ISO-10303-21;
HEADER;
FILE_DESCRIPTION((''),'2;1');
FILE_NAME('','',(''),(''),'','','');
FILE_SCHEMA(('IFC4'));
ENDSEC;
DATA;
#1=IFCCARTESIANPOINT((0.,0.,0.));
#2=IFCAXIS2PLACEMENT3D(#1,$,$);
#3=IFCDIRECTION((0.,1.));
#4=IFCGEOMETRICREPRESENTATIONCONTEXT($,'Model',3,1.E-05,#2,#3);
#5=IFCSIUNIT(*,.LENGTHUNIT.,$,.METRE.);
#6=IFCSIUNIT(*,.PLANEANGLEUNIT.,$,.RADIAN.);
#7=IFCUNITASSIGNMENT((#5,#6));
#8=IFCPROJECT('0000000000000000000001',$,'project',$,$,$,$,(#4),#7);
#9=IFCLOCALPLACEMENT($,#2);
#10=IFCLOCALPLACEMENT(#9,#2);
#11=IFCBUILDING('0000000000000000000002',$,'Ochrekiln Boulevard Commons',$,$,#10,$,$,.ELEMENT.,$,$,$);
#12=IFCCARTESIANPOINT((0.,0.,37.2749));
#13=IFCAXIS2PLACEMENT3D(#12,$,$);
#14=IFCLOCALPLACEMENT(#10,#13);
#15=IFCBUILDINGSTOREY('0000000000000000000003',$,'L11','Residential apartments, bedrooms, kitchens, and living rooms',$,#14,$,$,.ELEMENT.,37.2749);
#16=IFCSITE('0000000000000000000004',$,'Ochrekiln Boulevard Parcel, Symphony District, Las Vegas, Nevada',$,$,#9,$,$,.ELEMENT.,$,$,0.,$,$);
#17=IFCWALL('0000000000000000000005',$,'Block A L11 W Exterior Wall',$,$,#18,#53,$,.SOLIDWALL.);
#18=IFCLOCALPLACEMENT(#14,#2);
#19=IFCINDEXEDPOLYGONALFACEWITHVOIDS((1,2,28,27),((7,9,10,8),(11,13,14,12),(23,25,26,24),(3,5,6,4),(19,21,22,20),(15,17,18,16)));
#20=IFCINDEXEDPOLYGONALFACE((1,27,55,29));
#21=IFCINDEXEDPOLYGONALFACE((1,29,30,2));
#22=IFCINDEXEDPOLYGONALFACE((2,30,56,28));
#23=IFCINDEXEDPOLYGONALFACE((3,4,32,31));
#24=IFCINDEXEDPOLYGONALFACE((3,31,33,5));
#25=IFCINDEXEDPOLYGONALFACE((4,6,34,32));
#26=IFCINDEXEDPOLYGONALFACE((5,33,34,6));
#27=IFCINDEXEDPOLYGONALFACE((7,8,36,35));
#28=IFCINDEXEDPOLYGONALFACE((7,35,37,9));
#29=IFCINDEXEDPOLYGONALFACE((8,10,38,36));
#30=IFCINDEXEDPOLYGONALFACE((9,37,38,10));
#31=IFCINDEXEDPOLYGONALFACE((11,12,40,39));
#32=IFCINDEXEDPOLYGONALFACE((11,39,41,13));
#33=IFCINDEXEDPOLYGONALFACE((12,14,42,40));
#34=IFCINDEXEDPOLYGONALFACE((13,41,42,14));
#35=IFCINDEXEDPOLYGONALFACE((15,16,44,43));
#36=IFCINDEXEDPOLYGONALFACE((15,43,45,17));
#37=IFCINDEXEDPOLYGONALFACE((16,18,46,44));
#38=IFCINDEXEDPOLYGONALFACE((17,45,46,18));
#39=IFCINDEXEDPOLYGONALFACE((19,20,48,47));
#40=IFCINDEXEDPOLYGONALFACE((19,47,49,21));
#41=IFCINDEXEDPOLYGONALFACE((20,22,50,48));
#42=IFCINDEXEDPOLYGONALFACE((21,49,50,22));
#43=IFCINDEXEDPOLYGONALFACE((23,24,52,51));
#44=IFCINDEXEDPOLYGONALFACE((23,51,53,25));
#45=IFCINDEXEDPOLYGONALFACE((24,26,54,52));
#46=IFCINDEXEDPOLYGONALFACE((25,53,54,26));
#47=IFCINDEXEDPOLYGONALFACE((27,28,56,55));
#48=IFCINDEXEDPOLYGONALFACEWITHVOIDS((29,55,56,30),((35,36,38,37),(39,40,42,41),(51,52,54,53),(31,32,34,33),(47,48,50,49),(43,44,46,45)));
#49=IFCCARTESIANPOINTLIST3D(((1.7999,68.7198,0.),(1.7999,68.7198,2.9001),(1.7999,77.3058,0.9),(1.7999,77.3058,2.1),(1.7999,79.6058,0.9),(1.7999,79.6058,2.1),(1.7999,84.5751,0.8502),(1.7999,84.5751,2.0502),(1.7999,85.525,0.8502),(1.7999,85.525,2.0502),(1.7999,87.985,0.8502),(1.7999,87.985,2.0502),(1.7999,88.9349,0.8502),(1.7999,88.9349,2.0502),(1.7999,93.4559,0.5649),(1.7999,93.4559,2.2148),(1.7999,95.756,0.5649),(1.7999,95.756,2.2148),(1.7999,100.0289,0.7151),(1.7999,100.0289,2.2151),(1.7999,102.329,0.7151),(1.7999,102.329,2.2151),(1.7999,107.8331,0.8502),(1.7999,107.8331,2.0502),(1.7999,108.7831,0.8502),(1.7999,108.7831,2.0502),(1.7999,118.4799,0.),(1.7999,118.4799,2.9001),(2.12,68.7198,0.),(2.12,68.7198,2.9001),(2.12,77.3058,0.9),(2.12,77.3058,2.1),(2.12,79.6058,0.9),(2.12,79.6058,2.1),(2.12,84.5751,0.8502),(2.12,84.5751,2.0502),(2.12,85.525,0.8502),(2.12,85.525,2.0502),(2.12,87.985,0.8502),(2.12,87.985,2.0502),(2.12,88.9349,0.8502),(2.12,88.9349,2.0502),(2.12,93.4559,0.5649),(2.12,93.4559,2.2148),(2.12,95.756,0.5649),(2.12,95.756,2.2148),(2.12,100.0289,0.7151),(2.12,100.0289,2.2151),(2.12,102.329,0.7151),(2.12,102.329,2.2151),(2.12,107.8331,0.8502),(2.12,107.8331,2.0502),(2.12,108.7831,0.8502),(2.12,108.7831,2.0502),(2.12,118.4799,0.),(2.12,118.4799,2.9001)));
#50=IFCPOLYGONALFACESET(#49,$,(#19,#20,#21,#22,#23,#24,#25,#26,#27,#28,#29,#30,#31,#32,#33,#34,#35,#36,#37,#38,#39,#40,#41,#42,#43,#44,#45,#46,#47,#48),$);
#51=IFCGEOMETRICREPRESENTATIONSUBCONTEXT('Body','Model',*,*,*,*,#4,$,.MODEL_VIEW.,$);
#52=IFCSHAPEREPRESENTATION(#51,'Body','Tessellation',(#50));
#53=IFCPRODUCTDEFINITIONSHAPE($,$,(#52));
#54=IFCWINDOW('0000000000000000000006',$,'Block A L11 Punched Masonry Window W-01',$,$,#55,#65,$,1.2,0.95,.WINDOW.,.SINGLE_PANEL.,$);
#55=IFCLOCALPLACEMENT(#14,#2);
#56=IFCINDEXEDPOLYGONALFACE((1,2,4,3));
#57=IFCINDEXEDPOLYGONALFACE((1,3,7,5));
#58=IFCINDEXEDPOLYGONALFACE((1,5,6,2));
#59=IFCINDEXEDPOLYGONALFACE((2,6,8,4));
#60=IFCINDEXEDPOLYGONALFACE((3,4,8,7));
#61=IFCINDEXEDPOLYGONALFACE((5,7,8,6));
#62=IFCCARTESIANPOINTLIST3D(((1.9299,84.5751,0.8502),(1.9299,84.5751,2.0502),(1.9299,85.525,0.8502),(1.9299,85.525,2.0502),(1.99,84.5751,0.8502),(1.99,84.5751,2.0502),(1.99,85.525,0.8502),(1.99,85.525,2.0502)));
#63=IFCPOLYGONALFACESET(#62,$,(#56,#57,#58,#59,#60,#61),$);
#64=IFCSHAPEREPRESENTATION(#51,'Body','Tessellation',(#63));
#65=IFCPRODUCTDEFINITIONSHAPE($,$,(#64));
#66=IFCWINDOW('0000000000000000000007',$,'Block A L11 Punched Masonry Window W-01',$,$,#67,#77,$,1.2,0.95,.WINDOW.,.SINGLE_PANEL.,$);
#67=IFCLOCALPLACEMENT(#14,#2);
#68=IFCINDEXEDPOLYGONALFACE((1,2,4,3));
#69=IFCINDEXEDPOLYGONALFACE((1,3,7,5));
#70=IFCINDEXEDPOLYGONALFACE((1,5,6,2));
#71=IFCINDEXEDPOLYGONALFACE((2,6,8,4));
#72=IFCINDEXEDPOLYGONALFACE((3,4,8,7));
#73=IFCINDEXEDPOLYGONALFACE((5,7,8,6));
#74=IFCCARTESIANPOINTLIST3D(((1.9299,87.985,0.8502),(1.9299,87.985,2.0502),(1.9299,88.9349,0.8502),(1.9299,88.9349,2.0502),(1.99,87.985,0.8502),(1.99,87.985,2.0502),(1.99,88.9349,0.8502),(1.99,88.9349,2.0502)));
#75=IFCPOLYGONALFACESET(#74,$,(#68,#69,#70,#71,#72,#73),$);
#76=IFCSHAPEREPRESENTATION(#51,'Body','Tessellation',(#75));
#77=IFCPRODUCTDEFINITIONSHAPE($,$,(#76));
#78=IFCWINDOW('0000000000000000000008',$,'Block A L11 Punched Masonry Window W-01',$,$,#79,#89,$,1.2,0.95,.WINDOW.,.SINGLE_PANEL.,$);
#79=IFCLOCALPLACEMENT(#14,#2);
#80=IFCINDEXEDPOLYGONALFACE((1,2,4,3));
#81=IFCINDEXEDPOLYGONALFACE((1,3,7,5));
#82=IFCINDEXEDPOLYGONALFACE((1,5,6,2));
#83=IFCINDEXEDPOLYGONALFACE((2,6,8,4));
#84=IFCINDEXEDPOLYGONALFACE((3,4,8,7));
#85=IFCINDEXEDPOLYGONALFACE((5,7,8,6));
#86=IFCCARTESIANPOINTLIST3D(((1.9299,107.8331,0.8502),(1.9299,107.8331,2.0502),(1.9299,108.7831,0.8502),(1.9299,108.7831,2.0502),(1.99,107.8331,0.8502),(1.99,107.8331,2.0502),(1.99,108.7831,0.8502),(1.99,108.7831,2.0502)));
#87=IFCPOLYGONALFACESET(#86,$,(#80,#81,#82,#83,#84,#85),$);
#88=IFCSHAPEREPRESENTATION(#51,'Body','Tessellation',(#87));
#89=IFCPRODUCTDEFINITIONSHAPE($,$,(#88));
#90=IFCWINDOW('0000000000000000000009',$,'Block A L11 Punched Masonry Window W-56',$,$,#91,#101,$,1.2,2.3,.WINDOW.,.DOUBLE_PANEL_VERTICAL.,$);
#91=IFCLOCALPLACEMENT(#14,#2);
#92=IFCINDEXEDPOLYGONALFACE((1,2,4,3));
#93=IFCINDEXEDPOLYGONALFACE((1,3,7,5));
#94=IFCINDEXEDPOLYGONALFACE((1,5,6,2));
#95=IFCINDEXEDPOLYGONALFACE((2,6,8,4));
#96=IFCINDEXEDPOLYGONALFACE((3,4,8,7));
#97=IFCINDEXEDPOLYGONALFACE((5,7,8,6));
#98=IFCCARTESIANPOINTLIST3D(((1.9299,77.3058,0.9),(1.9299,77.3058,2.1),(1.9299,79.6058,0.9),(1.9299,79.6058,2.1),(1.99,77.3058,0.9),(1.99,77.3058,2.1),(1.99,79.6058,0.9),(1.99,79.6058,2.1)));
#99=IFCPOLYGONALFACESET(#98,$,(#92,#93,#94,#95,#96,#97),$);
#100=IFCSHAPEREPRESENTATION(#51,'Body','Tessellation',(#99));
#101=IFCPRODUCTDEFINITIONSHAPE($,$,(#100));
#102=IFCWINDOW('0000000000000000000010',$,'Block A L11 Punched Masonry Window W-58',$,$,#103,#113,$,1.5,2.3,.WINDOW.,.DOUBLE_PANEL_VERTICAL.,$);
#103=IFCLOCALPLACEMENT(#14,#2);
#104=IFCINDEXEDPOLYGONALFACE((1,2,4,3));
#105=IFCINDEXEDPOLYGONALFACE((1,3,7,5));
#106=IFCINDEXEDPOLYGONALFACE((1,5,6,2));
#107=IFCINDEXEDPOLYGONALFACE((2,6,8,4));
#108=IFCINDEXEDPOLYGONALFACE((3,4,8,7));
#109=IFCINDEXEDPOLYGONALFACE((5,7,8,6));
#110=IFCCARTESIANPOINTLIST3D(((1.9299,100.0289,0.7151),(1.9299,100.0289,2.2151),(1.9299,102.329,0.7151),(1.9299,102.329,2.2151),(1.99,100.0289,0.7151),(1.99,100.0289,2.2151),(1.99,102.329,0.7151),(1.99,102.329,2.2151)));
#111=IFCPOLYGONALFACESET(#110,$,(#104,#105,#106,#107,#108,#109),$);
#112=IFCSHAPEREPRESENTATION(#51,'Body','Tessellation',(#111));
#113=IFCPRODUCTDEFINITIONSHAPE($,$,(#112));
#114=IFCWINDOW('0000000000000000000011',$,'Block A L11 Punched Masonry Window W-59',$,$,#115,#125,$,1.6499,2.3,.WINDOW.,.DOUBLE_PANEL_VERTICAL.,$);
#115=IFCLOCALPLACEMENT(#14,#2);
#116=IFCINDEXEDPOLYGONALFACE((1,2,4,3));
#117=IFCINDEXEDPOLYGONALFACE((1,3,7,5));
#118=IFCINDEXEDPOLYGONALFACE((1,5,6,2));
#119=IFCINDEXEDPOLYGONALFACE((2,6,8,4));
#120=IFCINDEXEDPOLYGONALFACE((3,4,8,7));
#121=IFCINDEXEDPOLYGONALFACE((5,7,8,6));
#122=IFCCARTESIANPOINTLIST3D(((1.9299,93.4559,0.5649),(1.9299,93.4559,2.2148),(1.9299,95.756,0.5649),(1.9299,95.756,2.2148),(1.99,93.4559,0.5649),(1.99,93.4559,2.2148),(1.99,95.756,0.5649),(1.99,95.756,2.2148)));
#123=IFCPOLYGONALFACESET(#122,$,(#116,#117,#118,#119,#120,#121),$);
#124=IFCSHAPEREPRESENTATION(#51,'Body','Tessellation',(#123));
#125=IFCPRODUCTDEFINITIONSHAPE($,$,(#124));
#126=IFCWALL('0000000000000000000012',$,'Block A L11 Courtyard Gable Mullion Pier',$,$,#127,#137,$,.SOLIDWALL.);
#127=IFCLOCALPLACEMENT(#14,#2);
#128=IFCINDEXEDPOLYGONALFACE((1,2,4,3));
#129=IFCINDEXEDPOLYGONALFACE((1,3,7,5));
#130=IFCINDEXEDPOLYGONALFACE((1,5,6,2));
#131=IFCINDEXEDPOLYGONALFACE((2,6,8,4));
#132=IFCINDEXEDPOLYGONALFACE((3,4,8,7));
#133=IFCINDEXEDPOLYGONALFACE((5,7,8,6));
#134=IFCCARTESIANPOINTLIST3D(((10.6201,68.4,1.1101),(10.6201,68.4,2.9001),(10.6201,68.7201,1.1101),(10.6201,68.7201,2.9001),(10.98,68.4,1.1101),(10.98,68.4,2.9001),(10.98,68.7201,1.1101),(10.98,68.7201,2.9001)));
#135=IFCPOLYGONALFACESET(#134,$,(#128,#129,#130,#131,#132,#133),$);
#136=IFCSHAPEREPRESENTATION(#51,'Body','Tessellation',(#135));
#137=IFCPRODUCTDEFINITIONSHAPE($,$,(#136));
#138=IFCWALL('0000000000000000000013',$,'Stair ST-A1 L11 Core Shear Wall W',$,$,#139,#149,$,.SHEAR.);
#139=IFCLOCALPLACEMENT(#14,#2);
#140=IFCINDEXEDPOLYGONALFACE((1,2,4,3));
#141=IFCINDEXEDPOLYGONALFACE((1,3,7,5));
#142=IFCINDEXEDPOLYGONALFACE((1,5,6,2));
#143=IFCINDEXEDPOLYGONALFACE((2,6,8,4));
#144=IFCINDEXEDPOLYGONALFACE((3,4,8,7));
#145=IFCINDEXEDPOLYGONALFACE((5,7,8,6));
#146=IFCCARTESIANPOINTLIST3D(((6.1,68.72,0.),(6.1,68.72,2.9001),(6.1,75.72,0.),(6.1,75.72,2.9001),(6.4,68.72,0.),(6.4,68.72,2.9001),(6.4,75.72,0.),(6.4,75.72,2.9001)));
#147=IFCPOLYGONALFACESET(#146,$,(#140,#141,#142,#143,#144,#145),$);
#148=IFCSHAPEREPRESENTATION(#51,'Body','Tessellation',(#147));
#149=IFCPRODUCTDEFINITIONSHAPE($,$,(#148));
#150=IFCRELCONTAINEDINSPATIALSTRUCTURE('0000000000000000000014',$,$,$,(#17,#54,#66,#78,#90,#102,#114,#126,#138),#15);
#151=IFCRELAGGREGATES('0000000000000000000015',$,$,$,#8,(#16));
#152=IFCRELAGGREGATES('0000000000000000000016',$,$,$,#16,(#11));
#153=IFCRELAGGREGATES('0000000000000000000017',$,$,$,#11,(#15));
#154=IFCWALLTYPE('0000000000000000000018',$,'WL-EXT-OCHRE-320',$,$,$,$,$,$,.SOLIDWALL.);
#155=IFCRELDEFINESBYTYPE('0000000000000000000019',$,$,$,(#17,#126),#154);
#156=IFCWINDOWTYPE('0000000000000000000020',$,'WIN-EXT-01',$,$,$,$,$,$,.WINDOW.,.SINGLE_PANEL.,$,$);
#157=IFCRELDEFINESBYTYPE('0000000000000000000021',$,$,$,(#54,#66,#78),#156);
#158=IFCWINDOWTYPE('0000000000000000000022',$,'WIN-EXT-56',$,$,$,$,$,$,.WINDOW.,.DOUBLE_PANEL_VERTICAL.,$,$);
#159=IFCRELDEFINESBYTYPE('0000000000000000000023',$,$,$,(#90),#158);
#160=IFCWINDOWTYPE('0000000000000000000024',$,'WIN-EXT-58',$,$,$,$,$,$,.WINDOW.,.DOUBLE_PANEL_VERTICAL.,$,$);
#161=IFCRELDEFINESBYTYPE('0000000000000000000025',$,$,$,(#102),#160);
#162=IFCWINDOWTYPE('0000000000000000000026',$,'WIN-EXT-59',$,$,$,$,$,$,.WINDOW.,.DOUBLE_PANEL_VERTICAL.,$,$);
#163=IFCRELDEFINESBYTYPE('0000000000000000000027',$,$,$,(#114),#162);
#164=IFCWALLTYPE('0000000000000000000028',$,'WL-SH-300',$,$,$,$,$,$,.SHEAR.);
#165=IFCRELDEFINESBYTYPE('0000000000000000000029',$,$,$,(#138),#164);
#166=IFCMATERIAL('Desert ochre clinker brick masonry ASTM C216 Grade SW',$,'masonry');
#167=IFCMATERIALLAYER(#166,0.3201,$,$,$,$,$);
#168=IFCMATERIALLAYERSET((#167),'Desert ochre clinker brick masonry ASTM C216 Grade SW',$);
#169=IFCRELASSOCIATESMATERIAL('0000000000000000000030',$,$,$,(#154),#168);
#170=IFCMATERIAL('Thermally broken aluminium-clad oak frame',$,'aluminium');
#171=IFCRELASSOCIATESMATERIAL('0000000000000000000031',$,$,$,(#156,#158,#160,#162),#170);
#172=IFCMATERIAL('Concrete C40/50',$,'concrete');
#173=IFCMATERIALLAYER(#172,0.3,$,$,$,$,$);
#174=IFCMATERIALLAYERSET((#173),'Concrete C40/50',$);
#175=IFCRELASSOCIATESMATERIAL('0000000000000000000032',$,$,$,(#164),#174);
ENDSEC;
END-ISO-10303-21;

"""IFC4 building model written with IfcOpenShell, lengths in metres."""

from ifc_helpers import new_model, si_unit, direction, frame, frame_2d, origin, place, context, subcontext, project, spatial, rectangle, extrude, material, layer, layer_set, type_object, element, fill, save


model = new_model("IFC4")

# Units and contexts
model_context = context("Model", 3, precision=1e-05, world=origin(), true_north=direction((0.0, 1.0)))
body_context = subcontext(model_context, "Body", "Model", "MODEL_VIEW")
ifc_project = project(units=[si_unit("LENGTHUNIT", "METRE"), si_unit("PLANEANGLEUNIT", "RADIAN")], contexts=[model_context])

# Site, building, storey
site_placement = place(None, origin())
site = spatial("IfcSite", under=ifc_project, at=site_placement, Name="Ochrekiln Boulevard Parcel, Symphony District, Las Vegas, Nevada", CompositionType="ELEMENT", RefElevation=0.0)
building_placement = place(site_placement, origin())
building = spatial("IfcBuilding", under=site, at=building_placement, Name="Ochrekiln Boulevard Commons", CompositionType="ELEMENT")
storey_placement = place(building_placement, frame((0.0, 0.0, 37.2749)))
storey = spatial("IfcBuildingStorey", under=building, at=storey_placement, Name="L11", Description="Residential apartments, bedrooms, kitchens, and living rooms", CompositionType="ELEMENT", Elevation=37.2749)

# Wall, openings, windows
ifc_material_1 = material(Name="Desert ochre clinker brick masonry ASTM C216 Grade SW", Category="masonry")
ifc_layer_1 = layer(ifc_material_1, 0.3201)
ifc_layer_set_1 = layer_set([ifc_layer_1], Name="Desert ochre clinker brick masonry ASTM C216 Grade SW")
wall_type_1 = type_object("IfcWallType", Name="WL-EXT-OCHRE-320", PredefinedType="SOLIDWALL", material=ifc_layer_set_1)
wall_1_placement = place(storey_placement, frame((1.96, 68.72, 0.0), z_axis=(0.0, 0.0, 1.0), x_axis=(0.0, 1.0, 0.0)))
wall_1 = element("IfcWall", 1, at=wall_1_placement, inside=storey, type_object=wall_type_1, Name="Block A L11 W Exterior Wall", PredefinedType="SOLIDWALL", context=body_context, shape_type="SweptSolid", body=[
    extrude(rectangle(XDim=49.76, YDim=0.3201, at=frame_2d((24.8799, 0.0))), origin(), (0.0, 0.0, 1.0), 2.9001),
])
opening_1_placement = place(wall_1_placement, frame((15.855, 0.0, 0.8501)))
opening_1 = element("IfcOpeningElement", 2, at=opening_1_placement, cuts=wall_1, PredefinedType="OPENING", context=body_context, shape_type="SweptSolid", body=[
    extrude(rectangle(XDim=0.95, YDim=1.2, at=frame_2d((0.4751, 0.6001))), frame((0.0, 0.1699, 0.0), z_axis=(0.0, -1.0, 0.0), x_axis=(1.0, 0.0, 0.0)), (0.0, 0.0, 1.0), 0.3401),
])
opening_2_placement = place(wall_1_placement, frame((8.5859, 0.0, 0.8999)))
opening_2 = element("IfcOpeningElement", 3, at=opening_2_placement, cuts=wall_1, PredefinedType="OPENING", context=body_context, shape_type="SweptSolid", body=[
    extrude(rectangle(XDim=2.3, YDim=1.2, at=frame_2d((1.1499, 0.6001))), frame((0.0, 0.1699, 0.0), z_axis=(0.0, -1.0, 0.0), x_axis=(1.0, 0.0, 0.0)), (0.0, 0.0, 1.0), 0.3401),
])
opening_3_placement = place(wall_1_placement, frame((19.2649, 0.0, 0.8501)))
opening_3 = element("IfcOpeningElement", 4, at=opening_3_placement, cuts=wall_1, PredefinedType="OPENING", context=body_context, shape_type="SweptSolid", body=[
    extrude(rectangle(XDim=0.95, YDim=1.2, at=frame_2d((0.4751, 0.6001))), frame((0.0, 0.1699, 0.0), z_axis=(0.0, -1.0, 0.0), x_axis=(1.0, 0.0, 0.0)), (0.0, 0.0, 1.0), 0.3401),
])
opening_4_placement = place(wall_1_placement, frame((31.3091, 0.0, 0.7151)))
opening_4 = element("IfcOpeningElement", 5, at=opening_4_placement, cuts=wall_1, PredefinedType="OPENING", context=body_context, shape_type="SweptSolid", body=[
    extrude(rectangle(XDim=2.3, YDim=1.5, at=frame_2d((1.1499, 0.75))), frame((0.0, 0.1699, 0.0), z_axis=(0.0, -1.0, 0.0), x_axis=(1.0, 0.0, 0.0)), (0.0, 0.0, 1.0), 0.3401),
])
opening_5_placement = place(wall_1_placement, frame((24.7361, 0.0, 0.5649)))
opening_5 = element("IfcOpeningElement", 6, at=opening_5_placement, cuts=wall_1, PredefinedType="OPENING", context=body_context, shape_type="SweptSolid", body=[
    extrude(rectangle(XDim=2.3, YDim=1.6499, at=frame_2d((1.1499, 0.825))), frame((0.0, 0.1699, 0.0), z_axis=(0.0, -1.0, 0.0), x_axis=(1.0, 0.0, 0.0)), (0.0, 0.0, 1.0), 0.3401),
])
opening_6_placement = place(wall_1_placement, frame((39.113, 0.0, 0.8501)))
opening_6 = element("IfcOpeningElement", 7, at=opening_6_placement, cuts=wall_1, PredefinedType="OPENING", context=body_context, shape_type="SweptSolid", body=[
    extrude(rectangle(XDim=0.95, YDim=1.2, at=frame_2d((0.4751, 0.6001))), frame((0.0, 0.1699, 0.0), z_axis=(0.0, -1.0, 0.0), x_axis=(1.0, 0.0, 0.0)), (0.0, 0.0, 1.0), 0.3401),
])
ifc_material_2 = material(Name="Thermally broken aluminium-clad oak frame", Category="aluminium")
window_type_1 = type_object("IfcWindowType", Name="WIN-EXT-01", PartitioningType="SINGLE_PANEL", PredefinedType="WINDOW", material=ifc_material_2)
window_1_placement = place(opening_1_placement, origin())
window_1 = element("IfcWindow", 8, at=window_1_placement, inside=storey, type_object=window_type_1, Name="Block A L11 Punched Masonry Window W-01", OverallHeight=1.2, OverallWidth=0.95, PartitioningType="SINGLE_PANEL", PredefinedType="WINDOW", context=body_context, shape_type="SweptSolid", body=[
    extrude(rectangle(XDim=0.95, YDim=1.2, at=frame_2d((0.4751, 0.6001))), frame((0.0, 0.03, 0.0), z_axis=(0.0, -1.0, 0.0), x_axis=(1.0, 0.0, 0.0)), (0.0, 0.0, 1.0), 0.0601),
])
fill(opening_1, window_1)
window_2_placement = place(opening_3_placement, origin())
window_2 = element("IfcWindow", 9, at=window_2_placement, inside=storey, type_object=window_type_1, Name="Block A L11 Punched Masonry Window W-01", OverallHeight=1.2, OverallWidth=0.95, PartitioningType="SINGLE_PANEL", PredefinedType="WINDOW", context=body_context, shape_type="SweptSolid", body=[
    extrude(rectangle(XDim=0.95, YDim=1.2, at=frame_2d((0.4751, 0.6001))), frame((0.0, 0.03, 0.0), z_axis=(0.0, -1.0, 0.0), x_axis=(1.0, 0.0, 0.0)), (0.0, 0.0, 1.0), 0.0601),
])
fill(opening_3, window_2)
window_3_placement = place(opening_6_placement, origin())
window_3 = element("IfcWindow", 10, at=window_3_placement, inside=storey, type_object=window_type_1, Name="Block A L11 Punched Masonry Window W-01", OverallHeight=1.2, OverallWidth=0.95, PartitioningType="SINGLE_PANEL", PredefinedType="WINDOW", context=body_context, shape_type="SweptSolid", body=[
    extrude(rectangle(XDim=0.95, YDim=1.2, at=frame_2d((0.4751, 0.6001))), frame((0.0, 0.03, 0.0), z_axis=(0.0, -1.0, 0.0), x_axis=(1.0, 0.0, 0.0)), (0.0, 0.0, 1.0), 0.0601),
])
fill(opening_6, window_3)
window_type_2 = type_object("IfcWindowType", Name="WIN-EXT-56", PartitioningType="DOUBLE_PANEL_VERTICAL", PredefinedType="WINDOW", material=ifc_material_2)
window_4_placement = place(opening_2_placement, origin())
window_4 = element("IfcWindow", 11, at=window_4_placement, inside=storey, type_object=window_type_2, Name="Block A L11 Punched Masonry Window W-56", OverallHeight=1.2, OverallWidth=2.3, PartitioningType="DOUBLE_PANEL_VERTICAL", PredefinedType="WINDOW", context=body_context, shape_type="SweptSolid", body=[
    extrude(rectangle(XDim=2.3, YDim=1.2, at=frame_2d((1.1499, 0.6001))), frame((0.0, 0.03, 0.0), z_axis=(0.0, -1.0, 0.0), x_axis=(1.0, 0.0, 0.0)), (0.0, 0.0, 1.0), 0.0601),
])
fill(opening_2, window_4)
window_type_3 = type_object("IfcWindowType", Name="WIN-EXT-58", PartitioningType="DOUBLE_PANEL_VERTICAL", PredefinedType="WINDOW", material=ifc_material_2)
window_5_placement = place(opening_4_placement, origin())
window_5 = element("IfcWindow", 12, at=window_5_placement, inside=storey, type_object=window_type_3, Name="Block A L11 Punched Masonry Window W-58", OverallHeight=1.5, OverallWidth=2.3, PartitioningType="DOUBLE_PANEL_VERTICAL", PredefinedType="WINDOW", context=body_context, shape_type="SweptSolid", body=[
    extrude(rectangle(XDim=2.3, YDim=1.5, at=frame_2d((1.1499, 0.75))), frame((0.0, 0.03, 0.0), z_axis=(0.0, -1.0, 0.0), x_axis=(1.0, 0.0, 0.0)), (0.0, 0.0, 1.0), 0.0601),
])
fill(opening_4, window_5)
window_type_4 = type_object("IfcWindowType", Name="WIN-EXT-59", PartitioningType="DOUBLE_PANEL_VERTICAL", PredefinedType="WINDOW", material=ifc_material_2)
window_6_placement = place(opening_5_placement, origin())
window_6 = element("IfcWindow", 13, at=window_6_placement, inside=storey, type_object=window_type_4, Name="Block A L11 Punched Masonry Window W-59", OverallHeight=1.6499, OverallWidth=2.3, PartitioningType="DOUBLE_PANEL_VERTICAL", PredefinedType="WINDOW", context=body_context, shape_type="SweptSolid", body=[
    extrude(rectangle(XDim=2.3, YDim=1.6499, at=frame_2d((1.1499, 0.825))), frame((0.0, 0.03, 0.0), z_axis=(0.0, -1.0, 0.0), x_axis=(1.0, 0.0, 0.0)), (0.0, 0.0, 1.0), 0.0601),
])
fill(opening_5, window_6)

# Walls
wall_2_placement = place(storey_placement, frame((10.6201, 68.5601, 1.1101), z_axis=(0.0, 0.0, 1.0), x_axis=(1.0, 0.0, 0.0)))
element("IfcWall", 14, at=wall_2_placement, inside=storey, type_object=wall_type_1, Name="Block A L11 Courtyard Gable Mullion Pier", PredefinedType="SOLIDWALL", context=body_context, shape_type="SweptSolid", body=[
    extrude(rectangle(XDim=0.3599, YDim=0.3201, at=frame_2d((0.1799, 0.0))), origin(), (0.0, 0.0, 1.0), 1.79),
])
ifc_material_3 = material(Name="Concrete C40/50", Category="concrete")
ifc_layer_2 = layer(ifc_material_3, 0.3)
ifc_layer_set_2 = layer_set([ifc_layer_2], Name="Concrete C40/50")
wall_type_2 = type_object("IfcWallType", Name="WL-SH-300", PredefinedType="SHEAR", material=ifc_layer_set_2)
wall_3_placement = place(storey_placement, frame((6.25, 68.72, 0.0), z_axis=(0.0, 0.0, 1.0), x_axis=(0.0, 1.0, 0.0)))
element("IfcWall", 15, at=wall_3_placement, inside=storey, type_object=wall_type_2, Name="Stair ST-A1 L11 Core Shear Wall W", PredefinedType="SHEAR", context=body_context, shape_type="SweptSolid", body=[
    extrude(rectangle(XDim=7.0, YDim=0.3, at=frame_2d((3.5, 0.0))), origin(), (0.0, 0.0, 1.0), 2.9001),
])

save(model, "model.ifc")
